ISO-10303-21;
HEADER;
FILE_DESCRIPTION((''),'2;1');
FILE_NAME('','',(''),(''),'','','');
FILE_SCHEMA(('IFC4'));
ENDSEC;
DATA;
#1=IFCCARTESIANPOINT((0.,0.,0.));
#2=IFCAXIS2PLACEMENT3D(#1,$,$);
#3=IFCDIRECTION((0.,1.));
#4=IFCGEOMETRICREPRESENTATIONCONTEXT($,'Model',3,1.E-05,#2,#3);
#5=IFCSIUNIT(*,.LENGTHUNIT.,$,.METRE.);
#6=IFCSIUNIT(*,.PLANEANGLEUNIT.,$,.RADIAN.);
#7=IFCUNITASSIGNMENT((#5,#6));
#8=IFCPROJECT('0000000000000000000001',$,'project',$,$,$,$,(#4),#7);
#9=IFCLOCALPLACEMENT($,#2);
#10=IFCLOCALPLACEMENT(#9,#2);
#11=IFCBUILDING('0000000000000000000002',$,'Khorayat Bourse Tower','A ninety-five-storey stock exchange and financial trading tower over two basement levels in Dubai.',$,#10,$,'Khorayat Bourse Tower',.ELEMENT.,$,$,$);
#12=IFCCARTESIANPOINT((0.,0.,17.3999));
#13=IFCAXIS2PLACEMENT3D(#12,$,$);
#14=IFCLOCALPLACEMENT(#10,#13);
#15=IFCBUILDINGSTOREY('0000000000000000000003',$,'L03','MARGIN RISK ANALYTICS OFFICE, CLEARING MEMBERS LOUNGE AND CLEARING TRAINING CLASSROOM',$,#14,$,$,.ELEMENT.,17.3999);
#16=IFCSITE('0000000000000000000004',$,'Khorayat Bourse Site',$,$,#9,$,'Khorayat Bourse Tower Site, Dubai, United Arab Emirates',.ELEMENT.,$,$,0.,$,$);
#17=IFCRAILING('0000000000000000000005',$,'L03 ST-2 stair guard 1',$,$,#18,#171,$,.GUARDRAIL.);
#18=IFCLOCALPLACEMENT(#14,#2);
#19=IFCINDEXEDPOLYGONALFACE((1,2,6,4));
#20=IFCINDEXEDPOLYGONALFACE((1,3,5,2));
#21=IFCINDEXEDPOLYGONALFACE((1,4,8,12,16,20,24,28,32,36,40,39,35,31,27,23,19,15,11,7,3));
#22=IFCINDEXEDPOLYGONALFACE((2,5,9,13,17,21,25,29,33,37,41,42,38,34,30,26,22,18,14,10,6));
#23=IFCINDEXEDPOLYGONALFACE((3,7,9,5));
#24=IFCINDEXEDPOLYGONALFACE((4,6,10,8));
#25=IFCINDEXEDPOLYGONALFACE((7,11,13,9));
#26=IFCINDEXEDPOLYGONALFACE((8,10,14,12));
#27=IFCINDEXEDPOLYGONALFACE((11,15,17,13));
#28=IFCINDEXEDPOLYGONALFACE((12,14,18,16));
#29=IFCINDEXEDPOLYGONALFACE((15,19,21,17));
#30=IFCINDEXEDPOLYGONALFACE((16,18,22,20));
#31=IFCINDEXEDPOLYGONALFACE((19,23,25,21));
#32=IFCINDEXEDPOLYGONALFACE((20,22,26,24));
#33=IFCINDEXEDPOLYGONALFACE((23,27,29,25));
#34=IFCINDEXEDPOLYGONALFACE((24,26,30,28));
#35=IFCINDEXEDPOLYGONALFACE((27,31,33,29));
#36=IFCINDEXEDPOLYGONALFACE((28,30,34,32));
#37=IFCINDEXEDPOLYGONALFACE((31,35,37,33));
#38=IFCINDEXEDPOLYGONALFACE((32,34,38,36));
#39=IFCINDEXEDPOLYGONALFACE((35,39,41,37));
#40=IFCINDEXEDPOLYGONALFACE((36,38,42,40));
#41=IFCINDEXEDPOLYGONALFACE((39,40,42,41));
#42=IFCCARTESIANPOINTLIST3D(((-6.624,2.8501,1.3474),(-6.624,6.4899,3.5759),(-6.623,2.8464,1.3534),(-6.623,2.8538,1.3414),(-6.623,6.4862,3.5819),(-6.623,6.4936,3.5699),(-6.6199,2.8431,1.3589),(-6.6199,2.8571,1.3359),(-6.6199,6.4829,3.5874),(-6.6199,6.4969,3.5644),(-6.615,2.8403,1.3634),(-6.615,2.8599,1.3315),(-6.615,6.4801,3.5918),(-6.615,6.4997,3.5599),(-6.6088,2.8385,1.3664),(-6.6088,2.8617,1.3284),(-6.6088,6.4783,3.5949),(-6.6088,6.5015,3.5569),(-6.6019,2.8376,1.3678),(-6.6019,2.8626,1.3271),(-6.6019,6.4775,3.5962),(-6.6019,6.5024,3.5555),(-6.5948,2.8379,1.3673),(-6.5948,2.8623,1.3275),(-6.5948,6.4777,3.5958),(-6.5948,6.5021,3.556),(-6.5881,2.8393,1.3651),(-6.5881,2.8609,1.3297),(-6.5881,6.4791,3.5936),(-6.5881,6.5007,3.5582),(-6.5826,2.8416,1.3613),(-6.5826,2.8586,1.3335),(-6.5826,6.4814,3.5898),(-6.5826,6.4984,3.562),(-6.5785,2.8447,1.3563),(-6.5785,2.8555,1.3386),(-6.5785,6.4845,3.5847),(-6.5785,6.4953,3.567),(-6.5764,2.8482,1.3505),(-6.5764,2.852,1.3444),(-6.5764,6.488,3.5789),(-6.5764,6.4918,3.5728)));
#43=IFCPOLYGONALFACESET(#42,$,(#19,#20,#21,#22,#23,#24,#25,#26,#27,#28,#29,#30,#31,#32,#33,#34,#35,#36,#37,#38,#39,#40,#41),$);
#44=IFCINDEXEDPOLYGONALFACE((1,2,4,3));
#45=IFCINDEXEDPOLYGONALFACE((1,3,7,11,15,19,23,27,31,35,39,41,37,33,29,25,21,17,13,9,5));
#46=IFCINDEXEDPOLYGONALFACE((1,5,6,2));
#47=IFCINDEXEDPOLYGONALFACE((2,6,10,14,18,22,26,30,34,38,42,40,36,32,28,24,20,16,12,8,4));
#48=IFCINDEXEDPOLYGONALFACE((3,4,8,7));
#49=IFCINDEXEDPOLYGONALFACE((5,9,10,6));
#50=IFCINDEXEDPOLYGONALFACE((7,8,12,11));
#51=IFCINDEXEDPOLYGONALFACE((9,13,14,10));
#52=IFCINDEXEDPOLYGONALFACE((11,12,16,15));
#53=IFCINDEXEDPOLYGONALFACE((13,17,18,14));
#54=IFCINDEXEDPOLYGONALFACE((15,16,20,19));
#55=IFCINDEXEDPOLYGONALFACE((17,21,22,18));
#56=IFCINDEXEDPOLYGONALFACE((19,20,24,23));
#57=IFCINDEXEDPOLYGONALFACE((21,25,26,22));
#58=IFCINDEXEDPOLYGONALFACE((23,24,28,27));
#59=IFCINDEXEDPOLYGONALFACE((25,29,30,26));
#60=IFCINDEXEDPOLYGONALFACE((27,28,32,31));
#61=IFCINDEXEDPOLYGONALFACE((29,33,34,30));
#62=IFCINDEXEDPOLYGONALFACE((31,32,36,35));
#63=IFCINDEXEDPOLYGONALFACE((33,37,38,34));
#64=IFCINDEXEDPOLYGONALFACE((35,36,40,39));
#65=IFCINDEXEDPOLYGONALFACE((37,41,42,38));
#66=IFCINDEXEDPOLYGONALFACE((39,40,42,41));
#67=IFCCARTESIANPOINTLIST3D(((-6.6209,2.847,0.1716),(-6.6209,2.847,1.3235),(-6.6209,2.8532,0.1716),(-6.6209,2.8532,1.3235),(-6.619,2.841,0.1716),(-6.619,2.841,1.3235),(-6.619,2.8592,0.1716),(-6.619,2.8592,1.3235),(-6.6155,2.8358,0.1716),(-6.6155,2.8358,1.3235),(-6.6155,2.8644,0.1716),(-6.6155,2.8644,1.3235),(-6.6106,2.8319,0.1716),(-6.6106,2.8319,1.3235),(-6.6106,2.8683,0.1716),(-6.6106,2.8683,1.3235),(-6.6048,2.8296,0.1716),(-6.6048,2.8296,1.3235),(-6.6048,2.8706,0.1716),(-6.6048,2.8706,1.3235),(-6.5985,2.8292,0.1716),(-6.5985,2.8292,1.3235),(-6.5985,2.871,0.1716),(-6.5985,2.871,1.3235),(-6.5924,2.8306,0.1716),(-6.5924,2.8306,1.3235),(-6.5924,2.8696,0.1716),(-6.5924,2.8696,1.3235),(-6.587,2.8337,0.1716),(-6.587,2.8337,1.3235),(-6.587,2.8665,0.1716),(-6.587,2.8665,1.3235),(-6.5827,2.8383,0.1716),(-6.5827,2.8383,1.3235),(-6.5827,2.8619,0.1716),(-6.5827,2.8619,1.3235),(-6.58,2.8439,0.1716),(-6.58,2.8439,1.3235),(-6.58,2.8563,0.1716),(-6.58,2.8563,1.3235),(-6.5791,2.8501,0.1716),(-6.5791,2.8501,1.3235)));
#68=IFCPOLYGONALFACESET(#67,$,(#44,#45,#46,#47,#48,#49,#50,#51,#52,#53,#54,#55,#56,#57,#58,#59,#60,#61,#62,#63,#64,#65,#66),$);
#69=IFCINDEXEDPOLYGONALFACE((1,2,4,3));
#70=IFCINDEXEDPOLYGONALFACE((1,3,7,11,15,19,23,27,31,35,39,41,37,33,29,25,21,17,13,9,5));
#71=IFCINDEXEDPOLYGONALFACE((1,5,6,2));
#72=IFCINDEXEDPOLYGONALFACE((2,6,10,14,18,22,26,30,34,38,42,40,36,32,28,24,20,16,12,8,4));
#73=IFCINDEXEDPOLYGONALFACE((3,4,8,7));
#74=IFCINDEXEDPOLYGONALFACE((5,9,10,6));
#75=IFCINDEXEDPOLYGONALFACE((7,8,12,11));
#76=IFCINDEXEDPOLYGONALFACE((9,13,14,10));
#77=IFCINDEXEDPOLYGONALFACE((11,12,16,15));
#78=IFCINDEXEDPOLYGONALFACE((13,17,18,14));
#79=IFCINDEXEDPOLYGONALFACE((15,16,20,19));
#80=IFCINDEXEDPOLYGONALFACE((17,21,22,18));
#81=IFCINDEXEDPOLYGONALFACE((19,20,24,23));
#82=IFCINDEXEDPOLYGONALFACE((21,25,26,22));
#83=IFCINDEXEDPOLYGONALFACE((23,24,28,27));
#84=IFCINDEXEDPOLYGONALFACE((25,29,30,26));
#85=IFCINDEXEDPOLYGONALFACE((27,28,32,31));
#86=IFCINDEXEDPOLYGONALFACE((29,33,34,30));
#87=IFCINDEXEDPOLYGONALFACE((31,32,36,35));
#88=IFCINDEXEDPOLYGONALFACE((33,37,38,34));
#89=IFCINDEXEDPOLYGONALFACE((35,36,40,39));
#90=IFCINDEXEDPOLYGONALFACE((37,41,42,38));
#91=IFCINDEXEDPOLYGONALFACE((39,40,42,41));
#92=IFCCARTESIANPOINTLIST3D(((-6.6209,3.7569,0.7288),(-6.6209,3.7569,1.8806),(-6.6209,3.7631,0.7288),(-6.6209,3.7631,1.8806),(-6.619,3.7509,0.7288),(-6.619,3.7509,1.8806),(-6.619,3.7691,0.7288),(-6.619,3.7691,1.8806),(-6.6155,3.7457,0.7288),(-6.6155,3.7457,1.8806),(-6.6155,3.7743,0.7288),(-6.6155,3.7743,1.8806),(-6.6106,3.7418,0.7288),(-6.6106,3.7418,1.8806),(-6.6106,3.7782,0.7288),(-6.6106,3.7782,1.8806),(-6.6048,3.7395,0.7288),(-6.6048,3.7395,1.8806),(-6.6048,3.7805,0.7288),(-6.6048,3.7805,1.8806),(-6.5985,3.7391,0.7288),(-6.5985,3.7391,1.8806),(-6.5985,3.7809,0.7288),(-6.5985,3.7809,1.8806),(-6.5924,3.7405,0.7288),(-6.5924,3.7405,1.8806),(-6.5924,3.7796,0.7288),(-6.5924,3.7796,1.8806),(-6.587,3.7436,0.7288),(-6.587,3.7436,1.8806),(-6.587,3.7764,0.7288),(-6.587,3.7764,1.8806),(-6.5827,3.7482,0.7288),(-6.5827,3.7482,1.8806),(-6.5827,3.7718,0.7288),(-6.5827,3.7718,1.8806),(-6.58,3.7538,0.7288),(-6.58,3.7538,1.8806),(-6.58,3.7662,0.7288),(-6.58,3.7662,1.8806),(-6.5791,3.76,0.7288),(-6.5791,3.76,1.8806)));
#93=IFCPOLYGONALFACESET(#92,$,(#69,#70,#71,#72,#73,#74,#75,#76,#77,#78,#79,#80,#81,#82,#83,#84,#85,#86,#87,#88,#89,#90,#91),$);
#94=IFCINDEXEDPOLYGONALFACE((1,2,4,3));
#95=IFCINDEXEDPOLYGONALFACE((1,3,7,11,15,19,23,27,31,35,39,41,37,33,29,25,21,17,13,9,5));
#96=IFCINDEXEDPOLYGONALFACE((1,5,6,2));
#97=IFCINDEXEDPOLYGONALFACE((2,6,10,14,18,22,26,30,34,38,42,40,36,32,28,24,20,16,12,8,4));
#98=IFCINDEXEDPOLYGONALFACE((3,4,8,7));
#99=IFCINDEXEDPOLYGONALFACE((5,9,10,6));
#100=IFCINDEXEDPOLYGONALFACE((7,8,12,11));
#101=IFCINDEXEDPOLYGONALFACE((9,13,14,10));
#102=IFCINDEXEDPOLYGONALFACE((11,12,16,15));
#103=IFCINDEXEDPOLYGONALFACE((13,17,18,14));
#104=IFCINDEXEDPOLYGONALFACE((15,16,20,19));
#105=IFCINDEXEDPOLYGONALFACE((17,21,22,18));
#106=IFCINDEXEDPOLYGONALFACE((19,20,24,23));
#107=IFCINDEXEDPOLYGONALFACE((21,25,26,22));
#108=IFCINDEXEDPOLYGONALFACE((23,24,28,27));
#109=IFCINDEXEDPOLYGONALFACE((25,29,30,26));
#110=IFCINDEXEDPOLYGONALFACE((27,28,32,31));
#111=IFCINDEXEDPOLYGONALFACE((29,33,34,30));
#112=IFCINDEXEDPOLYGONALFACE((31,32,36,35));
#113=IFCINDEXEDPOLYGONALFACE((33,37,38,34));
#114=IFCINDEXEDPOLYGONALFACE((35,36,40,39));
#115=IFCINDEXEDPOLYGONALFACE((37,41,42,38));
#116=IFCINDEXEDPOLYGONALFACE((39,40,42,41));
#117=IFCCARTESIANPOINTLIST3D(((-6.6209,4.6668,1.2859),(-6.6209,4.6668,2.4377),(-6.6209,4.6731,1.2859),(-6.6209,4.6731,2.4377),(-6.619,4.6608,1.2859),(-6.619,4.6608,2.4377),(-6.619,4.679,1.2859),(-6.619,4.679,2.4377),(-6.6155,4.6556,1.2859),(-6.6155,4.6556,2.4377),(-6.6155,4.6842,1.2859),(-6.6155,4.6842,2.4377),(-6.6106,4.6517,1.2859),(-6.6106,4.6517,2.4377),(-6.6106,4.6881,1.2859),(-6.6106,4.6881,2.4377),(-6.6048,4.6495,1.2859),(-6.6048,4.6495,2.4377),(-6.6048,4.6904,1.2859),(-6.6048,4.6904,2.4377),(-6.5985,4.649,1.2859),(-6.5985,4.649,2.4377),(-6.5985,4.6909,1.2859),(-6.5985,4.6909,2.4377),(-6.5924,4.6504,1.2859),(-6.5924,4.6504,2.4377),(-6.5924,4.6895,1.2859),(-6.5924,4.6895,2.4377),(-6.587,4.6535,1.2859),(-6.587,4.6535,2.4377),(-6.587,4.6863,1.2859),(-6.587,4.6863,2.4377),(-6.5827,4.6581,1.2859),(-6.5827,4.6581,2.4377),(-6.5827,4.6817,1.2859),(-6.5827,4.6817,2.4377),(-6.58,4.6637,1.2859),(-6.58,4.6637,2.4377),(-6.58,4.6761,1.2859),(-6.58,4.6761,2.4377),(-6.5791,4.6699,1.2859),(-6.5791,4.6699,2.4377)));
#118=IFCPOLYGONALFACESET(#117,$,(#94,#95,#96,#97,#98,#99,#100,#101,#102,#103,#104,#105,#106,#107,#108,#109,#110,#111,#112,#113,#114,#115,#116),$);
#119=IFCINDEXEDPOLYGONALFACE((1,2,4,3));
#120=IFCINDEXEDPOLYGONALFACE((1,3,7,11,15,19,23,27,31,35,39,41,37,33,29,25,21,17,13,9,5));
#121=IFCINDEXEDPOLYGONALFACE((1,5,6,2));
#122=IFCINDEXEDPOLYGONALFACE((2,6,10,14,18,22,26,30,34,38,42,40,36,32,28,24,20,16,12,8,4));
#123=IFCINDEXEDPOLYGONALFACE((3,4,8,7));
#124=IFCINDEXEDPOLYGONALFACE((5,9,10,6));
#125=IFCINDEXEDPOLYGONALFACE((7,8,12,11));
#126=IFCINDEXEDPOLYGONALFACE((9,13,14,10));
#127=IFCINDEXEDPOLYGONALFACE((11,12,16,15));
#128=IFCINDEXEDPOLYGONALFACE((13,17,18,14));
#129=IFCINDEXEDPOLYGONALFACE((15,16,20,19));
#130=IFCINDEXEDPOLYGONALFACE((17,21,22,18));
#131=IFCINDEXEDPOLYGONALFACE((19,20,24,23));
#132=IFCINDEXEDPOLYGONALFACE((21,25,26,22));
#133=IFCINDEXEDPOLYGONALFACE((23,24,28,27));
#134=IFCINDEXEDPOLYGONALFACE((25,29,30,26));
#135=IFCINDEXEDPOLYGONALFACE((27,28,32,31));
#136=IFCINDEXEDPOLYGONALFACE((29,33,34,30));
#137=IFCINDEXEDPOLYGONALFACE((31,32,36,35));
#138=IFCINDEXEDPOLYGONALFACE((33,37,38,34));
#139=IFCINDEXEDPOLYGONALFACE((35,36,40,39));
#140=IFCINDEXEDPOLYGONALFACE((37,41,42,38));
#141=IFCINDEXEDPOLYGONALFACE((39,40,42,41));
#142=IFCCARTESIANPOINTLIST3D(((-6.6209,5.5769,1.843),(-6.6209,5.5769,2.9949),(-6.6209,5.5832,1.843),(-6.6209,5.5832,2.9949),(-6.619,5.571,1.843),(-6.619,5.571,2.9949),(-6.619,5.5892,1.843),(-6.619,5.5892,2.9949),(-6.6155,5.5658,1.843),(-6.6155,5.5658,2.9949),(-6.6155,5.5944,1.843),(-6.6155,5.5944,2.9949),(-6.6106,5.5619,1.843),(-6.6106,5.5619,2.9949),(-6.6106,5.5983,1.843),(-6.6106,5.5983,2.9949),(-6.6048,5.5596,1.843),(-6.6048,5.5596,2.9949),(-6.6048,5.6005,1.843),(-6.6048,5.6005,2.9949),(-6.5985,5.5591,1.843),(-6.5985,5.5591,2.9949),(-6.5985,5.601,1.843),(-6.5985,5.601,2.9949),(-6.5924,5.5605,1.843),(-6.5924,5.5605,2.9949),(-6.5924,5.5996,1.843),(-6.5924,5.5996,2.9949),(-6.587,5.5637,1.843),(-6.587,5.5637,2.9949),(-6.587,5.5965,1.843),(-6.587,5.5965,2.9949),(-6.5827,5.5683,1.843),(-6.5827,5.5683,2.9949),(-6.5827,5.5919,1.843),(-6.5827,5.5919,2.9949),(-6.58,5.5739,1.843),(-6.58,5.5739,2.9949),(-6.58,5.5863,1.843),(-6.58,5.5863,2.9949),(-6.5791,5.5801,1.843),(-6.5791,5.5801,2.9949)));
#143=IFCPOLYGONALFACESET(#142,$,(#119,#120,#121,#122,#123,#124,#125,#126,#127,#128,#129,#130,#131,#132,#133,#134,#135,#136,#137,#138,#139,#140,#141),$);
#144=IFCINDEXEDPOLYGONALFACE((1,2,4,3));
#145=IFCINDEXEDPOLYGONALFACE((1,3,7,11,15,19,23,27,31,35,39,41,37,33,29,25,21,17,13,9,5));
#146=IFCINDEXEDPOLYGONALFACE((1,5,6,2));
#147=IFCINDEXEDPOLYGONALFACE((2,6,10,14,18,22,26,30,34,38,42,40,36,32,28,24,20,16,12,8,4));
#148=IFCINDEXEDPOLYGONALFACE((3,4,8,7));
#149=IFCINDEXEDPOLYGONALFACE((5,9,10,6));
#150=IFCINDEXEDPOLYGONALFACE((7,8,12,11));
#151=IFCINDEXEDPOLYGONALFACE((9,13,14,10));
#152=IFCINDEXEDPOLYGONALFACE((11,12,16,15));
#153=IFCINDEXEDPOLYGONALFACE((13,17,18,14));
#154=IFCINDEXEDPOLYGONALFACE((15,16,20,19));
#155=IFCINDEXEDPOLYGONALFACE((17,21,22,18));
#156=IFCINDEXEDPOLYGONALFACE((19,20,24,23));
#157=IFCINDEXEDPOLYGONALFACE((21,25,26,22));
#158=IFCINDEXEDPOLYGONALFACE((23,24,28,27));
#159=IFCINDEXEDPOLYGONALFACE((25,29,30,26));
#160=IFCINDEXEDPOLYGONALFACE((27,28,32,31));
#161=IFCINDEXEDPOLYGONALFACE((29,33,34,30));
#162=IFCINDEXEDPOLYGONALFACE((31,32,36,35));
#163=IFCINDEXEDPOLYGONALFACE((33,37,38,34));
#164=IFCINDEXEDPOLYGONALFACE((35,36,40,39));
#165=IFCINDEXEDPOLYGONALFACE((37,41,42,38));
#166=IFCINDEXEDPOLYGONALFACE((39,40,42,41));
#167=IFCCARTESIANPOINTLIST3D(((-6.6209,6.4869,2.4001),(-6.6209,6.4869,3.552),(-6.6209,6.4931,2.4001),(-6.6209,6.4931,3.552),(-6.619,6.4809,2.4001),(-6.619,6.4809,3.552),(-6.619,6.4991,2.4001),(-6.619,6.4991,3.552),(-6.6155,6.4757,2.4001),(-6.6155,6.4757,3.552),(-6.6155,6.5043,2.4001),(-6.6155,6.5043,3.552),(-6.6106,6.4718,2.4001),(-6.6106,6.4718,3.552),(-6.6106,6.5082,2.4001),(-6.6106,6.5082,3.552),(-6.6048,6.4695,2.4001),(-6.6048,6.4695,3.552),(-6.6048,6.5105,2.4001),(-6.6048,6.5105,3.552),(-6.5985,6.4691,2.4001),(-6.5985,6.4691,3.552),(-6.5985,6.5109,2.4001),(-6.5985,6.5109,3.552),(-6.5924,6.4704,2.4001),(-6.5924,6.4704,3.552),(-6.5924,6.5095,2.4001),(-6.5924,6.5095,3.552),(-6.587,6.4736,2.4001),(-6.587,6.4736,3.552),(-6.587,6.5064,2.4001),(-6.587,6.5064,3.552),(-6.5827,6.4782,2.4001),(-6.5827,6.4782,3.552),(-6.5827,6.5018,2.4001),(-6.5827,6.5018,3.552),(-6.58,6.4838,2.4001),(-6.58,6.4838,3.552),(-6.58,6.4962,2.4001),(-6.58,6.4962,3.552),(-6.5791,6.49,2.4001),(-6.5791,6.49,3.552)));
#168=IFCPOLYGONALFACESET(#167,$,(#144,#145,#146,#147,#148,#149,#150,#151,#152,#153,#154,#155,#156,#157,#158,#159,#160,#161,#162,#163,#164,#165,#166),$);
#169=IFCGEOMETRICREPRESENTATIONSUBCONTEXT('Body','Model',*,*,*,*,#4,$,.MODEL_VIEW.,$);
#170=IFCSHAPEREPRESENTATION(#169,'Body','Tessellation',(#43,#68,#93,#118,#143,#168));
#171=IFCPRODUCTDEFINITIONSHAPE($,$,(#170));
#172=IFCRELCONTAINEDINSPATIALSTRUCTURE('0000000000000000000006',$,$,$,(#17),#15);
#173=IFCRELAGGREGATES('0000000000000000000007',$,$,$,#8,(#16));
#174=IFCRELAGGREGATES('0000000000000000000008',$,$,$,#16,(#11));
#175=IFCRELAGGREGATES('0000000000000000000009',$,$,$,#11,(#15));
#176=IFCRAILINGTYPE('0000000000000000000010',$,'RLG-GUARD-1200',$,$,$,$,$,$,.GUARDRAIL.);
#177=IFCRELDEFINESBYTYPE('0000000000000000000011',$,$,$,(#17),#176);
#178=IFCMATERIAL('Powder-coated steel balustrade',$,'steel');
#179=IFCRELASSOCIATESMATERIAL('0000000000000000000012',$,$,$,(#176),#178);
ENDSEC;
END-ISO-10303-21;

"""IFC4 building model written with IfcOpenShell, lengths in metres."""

from ifc_helpers import new_model, si_unit, direction, frame, origin, origin_2d, place, context, subcontext, project, spatial, circle, extrude, source, transform, mapped, material, type_object, element, save


model = new_model("IFC4")

# Units and contexts
model_context = context("Model", 3, precision=1e-05, world=origin(), true_north=direction((0.0, 1.0)))
body_context = subcontext(model_context, "Body", "Model", "MODEL_VIEW")
ifc_project = project(units=[si_unit("LENGTHUNIT", "METRE"), si_unit("PLANEANGLEUNIT", "RADIAN")], contexts=[model_context])

# Site, building, storey
site_placement = place(None, origin())
site = spatial("IfcSite", under=ifc_project, at=site_placement, Name="Khorayat Bourse Site", LongName="Khorayat Bourse Tower Site, Dubai, United Arab Emirates", CompositionType="ELEMENT", RefElevation=0.0)
building_placement = place(site_placement, origin())
building = spatial("IfcBuilding", under=site, at=building_placement, Name="Khorayat Bourse Tower", Description="A ninety-five-storey stock exchange and financial trading tower over two basement levels in Dubai.", LongName="Khorayat Bourse Tower", CompositionType="ELEMENT")
storey_placement = place(building_placement, frame((0.0, 0.0, 17.3999)))
storey = spatial("IfcBuildingStorey", under=building, at=storey_placement, Name="L03", Description="MARGIN RISK ANALYTICS OFFICE, CLEARING MEMBERS LOUNGE AND CLEARING TRAINING CLASSROOM", CompositionType="ELEMENT", Elevation=17.3999)

# Railing
ifc_material_1 = material(Name="Powder-coated steel balustrade", Category="steel")
railing_type_1 = type_object("IfcRailingType", Name="RLG-GUARD-1200", PredefinedType="GUARDRAIL", material=ifc_material_1)
shared_shape_1 = source(origin(), body_context, "Body", "SweptSolid", [
    extrude(circle(Radius=0.0239, at=origin_2d()), frame((0.0, 0.0, 1.1758), z_axis=(0.0, 0.85285, 0.522156), x_axis=(-1.0, 0.0, 0.0)), (0.0, 0.0, 1.0), 4.2678),
    extrude(circle(Radius=0.021, at=origin_2d()), origin(), (0.0, 0.0, 1.0), 1.1519),
    extrude(circle(Radius=0.021, at=origin_2d()), frame((0.0, 0.9099, 0.5571)), (0.0, 0.0, 1.0), 1.1519),
    extrude(circle(Radius=0.021, at=origin_2d()), frame((0.0, 1.8198, 1.1143)), (0.0, 0.0, 1.0), 1.1519),
    extrude(circle(Radius=0.021, at=origin_2d()), frame((0.0, 2.73, 1.6714)), (0.0, 0.0, 1.0), 1.1519),
    extrude(circle(Radius=0.021, at=origin_2d()), frame((0.0, 3.6399, 2.2285)), (0.0, 0.0, 1.0), 1.1519),
])
railing_1_placement = place(storey_placement, frame((-6.6001, 2.8501, 0.1716)))
element("IfcRailing", 1, at=railing_1_placement, inside=storey, type_object=railing_type_1, Name="L03 ST-2 stair guard 1", PredefinedType="GUARDRAIL", context=body_context, shape_type="MappedRepresentation", body=[
    mapped(shared_shape_1, transform((0.0, 0.0, 0.0), scale=1.0)),
])

save(model, "model.ifc")
